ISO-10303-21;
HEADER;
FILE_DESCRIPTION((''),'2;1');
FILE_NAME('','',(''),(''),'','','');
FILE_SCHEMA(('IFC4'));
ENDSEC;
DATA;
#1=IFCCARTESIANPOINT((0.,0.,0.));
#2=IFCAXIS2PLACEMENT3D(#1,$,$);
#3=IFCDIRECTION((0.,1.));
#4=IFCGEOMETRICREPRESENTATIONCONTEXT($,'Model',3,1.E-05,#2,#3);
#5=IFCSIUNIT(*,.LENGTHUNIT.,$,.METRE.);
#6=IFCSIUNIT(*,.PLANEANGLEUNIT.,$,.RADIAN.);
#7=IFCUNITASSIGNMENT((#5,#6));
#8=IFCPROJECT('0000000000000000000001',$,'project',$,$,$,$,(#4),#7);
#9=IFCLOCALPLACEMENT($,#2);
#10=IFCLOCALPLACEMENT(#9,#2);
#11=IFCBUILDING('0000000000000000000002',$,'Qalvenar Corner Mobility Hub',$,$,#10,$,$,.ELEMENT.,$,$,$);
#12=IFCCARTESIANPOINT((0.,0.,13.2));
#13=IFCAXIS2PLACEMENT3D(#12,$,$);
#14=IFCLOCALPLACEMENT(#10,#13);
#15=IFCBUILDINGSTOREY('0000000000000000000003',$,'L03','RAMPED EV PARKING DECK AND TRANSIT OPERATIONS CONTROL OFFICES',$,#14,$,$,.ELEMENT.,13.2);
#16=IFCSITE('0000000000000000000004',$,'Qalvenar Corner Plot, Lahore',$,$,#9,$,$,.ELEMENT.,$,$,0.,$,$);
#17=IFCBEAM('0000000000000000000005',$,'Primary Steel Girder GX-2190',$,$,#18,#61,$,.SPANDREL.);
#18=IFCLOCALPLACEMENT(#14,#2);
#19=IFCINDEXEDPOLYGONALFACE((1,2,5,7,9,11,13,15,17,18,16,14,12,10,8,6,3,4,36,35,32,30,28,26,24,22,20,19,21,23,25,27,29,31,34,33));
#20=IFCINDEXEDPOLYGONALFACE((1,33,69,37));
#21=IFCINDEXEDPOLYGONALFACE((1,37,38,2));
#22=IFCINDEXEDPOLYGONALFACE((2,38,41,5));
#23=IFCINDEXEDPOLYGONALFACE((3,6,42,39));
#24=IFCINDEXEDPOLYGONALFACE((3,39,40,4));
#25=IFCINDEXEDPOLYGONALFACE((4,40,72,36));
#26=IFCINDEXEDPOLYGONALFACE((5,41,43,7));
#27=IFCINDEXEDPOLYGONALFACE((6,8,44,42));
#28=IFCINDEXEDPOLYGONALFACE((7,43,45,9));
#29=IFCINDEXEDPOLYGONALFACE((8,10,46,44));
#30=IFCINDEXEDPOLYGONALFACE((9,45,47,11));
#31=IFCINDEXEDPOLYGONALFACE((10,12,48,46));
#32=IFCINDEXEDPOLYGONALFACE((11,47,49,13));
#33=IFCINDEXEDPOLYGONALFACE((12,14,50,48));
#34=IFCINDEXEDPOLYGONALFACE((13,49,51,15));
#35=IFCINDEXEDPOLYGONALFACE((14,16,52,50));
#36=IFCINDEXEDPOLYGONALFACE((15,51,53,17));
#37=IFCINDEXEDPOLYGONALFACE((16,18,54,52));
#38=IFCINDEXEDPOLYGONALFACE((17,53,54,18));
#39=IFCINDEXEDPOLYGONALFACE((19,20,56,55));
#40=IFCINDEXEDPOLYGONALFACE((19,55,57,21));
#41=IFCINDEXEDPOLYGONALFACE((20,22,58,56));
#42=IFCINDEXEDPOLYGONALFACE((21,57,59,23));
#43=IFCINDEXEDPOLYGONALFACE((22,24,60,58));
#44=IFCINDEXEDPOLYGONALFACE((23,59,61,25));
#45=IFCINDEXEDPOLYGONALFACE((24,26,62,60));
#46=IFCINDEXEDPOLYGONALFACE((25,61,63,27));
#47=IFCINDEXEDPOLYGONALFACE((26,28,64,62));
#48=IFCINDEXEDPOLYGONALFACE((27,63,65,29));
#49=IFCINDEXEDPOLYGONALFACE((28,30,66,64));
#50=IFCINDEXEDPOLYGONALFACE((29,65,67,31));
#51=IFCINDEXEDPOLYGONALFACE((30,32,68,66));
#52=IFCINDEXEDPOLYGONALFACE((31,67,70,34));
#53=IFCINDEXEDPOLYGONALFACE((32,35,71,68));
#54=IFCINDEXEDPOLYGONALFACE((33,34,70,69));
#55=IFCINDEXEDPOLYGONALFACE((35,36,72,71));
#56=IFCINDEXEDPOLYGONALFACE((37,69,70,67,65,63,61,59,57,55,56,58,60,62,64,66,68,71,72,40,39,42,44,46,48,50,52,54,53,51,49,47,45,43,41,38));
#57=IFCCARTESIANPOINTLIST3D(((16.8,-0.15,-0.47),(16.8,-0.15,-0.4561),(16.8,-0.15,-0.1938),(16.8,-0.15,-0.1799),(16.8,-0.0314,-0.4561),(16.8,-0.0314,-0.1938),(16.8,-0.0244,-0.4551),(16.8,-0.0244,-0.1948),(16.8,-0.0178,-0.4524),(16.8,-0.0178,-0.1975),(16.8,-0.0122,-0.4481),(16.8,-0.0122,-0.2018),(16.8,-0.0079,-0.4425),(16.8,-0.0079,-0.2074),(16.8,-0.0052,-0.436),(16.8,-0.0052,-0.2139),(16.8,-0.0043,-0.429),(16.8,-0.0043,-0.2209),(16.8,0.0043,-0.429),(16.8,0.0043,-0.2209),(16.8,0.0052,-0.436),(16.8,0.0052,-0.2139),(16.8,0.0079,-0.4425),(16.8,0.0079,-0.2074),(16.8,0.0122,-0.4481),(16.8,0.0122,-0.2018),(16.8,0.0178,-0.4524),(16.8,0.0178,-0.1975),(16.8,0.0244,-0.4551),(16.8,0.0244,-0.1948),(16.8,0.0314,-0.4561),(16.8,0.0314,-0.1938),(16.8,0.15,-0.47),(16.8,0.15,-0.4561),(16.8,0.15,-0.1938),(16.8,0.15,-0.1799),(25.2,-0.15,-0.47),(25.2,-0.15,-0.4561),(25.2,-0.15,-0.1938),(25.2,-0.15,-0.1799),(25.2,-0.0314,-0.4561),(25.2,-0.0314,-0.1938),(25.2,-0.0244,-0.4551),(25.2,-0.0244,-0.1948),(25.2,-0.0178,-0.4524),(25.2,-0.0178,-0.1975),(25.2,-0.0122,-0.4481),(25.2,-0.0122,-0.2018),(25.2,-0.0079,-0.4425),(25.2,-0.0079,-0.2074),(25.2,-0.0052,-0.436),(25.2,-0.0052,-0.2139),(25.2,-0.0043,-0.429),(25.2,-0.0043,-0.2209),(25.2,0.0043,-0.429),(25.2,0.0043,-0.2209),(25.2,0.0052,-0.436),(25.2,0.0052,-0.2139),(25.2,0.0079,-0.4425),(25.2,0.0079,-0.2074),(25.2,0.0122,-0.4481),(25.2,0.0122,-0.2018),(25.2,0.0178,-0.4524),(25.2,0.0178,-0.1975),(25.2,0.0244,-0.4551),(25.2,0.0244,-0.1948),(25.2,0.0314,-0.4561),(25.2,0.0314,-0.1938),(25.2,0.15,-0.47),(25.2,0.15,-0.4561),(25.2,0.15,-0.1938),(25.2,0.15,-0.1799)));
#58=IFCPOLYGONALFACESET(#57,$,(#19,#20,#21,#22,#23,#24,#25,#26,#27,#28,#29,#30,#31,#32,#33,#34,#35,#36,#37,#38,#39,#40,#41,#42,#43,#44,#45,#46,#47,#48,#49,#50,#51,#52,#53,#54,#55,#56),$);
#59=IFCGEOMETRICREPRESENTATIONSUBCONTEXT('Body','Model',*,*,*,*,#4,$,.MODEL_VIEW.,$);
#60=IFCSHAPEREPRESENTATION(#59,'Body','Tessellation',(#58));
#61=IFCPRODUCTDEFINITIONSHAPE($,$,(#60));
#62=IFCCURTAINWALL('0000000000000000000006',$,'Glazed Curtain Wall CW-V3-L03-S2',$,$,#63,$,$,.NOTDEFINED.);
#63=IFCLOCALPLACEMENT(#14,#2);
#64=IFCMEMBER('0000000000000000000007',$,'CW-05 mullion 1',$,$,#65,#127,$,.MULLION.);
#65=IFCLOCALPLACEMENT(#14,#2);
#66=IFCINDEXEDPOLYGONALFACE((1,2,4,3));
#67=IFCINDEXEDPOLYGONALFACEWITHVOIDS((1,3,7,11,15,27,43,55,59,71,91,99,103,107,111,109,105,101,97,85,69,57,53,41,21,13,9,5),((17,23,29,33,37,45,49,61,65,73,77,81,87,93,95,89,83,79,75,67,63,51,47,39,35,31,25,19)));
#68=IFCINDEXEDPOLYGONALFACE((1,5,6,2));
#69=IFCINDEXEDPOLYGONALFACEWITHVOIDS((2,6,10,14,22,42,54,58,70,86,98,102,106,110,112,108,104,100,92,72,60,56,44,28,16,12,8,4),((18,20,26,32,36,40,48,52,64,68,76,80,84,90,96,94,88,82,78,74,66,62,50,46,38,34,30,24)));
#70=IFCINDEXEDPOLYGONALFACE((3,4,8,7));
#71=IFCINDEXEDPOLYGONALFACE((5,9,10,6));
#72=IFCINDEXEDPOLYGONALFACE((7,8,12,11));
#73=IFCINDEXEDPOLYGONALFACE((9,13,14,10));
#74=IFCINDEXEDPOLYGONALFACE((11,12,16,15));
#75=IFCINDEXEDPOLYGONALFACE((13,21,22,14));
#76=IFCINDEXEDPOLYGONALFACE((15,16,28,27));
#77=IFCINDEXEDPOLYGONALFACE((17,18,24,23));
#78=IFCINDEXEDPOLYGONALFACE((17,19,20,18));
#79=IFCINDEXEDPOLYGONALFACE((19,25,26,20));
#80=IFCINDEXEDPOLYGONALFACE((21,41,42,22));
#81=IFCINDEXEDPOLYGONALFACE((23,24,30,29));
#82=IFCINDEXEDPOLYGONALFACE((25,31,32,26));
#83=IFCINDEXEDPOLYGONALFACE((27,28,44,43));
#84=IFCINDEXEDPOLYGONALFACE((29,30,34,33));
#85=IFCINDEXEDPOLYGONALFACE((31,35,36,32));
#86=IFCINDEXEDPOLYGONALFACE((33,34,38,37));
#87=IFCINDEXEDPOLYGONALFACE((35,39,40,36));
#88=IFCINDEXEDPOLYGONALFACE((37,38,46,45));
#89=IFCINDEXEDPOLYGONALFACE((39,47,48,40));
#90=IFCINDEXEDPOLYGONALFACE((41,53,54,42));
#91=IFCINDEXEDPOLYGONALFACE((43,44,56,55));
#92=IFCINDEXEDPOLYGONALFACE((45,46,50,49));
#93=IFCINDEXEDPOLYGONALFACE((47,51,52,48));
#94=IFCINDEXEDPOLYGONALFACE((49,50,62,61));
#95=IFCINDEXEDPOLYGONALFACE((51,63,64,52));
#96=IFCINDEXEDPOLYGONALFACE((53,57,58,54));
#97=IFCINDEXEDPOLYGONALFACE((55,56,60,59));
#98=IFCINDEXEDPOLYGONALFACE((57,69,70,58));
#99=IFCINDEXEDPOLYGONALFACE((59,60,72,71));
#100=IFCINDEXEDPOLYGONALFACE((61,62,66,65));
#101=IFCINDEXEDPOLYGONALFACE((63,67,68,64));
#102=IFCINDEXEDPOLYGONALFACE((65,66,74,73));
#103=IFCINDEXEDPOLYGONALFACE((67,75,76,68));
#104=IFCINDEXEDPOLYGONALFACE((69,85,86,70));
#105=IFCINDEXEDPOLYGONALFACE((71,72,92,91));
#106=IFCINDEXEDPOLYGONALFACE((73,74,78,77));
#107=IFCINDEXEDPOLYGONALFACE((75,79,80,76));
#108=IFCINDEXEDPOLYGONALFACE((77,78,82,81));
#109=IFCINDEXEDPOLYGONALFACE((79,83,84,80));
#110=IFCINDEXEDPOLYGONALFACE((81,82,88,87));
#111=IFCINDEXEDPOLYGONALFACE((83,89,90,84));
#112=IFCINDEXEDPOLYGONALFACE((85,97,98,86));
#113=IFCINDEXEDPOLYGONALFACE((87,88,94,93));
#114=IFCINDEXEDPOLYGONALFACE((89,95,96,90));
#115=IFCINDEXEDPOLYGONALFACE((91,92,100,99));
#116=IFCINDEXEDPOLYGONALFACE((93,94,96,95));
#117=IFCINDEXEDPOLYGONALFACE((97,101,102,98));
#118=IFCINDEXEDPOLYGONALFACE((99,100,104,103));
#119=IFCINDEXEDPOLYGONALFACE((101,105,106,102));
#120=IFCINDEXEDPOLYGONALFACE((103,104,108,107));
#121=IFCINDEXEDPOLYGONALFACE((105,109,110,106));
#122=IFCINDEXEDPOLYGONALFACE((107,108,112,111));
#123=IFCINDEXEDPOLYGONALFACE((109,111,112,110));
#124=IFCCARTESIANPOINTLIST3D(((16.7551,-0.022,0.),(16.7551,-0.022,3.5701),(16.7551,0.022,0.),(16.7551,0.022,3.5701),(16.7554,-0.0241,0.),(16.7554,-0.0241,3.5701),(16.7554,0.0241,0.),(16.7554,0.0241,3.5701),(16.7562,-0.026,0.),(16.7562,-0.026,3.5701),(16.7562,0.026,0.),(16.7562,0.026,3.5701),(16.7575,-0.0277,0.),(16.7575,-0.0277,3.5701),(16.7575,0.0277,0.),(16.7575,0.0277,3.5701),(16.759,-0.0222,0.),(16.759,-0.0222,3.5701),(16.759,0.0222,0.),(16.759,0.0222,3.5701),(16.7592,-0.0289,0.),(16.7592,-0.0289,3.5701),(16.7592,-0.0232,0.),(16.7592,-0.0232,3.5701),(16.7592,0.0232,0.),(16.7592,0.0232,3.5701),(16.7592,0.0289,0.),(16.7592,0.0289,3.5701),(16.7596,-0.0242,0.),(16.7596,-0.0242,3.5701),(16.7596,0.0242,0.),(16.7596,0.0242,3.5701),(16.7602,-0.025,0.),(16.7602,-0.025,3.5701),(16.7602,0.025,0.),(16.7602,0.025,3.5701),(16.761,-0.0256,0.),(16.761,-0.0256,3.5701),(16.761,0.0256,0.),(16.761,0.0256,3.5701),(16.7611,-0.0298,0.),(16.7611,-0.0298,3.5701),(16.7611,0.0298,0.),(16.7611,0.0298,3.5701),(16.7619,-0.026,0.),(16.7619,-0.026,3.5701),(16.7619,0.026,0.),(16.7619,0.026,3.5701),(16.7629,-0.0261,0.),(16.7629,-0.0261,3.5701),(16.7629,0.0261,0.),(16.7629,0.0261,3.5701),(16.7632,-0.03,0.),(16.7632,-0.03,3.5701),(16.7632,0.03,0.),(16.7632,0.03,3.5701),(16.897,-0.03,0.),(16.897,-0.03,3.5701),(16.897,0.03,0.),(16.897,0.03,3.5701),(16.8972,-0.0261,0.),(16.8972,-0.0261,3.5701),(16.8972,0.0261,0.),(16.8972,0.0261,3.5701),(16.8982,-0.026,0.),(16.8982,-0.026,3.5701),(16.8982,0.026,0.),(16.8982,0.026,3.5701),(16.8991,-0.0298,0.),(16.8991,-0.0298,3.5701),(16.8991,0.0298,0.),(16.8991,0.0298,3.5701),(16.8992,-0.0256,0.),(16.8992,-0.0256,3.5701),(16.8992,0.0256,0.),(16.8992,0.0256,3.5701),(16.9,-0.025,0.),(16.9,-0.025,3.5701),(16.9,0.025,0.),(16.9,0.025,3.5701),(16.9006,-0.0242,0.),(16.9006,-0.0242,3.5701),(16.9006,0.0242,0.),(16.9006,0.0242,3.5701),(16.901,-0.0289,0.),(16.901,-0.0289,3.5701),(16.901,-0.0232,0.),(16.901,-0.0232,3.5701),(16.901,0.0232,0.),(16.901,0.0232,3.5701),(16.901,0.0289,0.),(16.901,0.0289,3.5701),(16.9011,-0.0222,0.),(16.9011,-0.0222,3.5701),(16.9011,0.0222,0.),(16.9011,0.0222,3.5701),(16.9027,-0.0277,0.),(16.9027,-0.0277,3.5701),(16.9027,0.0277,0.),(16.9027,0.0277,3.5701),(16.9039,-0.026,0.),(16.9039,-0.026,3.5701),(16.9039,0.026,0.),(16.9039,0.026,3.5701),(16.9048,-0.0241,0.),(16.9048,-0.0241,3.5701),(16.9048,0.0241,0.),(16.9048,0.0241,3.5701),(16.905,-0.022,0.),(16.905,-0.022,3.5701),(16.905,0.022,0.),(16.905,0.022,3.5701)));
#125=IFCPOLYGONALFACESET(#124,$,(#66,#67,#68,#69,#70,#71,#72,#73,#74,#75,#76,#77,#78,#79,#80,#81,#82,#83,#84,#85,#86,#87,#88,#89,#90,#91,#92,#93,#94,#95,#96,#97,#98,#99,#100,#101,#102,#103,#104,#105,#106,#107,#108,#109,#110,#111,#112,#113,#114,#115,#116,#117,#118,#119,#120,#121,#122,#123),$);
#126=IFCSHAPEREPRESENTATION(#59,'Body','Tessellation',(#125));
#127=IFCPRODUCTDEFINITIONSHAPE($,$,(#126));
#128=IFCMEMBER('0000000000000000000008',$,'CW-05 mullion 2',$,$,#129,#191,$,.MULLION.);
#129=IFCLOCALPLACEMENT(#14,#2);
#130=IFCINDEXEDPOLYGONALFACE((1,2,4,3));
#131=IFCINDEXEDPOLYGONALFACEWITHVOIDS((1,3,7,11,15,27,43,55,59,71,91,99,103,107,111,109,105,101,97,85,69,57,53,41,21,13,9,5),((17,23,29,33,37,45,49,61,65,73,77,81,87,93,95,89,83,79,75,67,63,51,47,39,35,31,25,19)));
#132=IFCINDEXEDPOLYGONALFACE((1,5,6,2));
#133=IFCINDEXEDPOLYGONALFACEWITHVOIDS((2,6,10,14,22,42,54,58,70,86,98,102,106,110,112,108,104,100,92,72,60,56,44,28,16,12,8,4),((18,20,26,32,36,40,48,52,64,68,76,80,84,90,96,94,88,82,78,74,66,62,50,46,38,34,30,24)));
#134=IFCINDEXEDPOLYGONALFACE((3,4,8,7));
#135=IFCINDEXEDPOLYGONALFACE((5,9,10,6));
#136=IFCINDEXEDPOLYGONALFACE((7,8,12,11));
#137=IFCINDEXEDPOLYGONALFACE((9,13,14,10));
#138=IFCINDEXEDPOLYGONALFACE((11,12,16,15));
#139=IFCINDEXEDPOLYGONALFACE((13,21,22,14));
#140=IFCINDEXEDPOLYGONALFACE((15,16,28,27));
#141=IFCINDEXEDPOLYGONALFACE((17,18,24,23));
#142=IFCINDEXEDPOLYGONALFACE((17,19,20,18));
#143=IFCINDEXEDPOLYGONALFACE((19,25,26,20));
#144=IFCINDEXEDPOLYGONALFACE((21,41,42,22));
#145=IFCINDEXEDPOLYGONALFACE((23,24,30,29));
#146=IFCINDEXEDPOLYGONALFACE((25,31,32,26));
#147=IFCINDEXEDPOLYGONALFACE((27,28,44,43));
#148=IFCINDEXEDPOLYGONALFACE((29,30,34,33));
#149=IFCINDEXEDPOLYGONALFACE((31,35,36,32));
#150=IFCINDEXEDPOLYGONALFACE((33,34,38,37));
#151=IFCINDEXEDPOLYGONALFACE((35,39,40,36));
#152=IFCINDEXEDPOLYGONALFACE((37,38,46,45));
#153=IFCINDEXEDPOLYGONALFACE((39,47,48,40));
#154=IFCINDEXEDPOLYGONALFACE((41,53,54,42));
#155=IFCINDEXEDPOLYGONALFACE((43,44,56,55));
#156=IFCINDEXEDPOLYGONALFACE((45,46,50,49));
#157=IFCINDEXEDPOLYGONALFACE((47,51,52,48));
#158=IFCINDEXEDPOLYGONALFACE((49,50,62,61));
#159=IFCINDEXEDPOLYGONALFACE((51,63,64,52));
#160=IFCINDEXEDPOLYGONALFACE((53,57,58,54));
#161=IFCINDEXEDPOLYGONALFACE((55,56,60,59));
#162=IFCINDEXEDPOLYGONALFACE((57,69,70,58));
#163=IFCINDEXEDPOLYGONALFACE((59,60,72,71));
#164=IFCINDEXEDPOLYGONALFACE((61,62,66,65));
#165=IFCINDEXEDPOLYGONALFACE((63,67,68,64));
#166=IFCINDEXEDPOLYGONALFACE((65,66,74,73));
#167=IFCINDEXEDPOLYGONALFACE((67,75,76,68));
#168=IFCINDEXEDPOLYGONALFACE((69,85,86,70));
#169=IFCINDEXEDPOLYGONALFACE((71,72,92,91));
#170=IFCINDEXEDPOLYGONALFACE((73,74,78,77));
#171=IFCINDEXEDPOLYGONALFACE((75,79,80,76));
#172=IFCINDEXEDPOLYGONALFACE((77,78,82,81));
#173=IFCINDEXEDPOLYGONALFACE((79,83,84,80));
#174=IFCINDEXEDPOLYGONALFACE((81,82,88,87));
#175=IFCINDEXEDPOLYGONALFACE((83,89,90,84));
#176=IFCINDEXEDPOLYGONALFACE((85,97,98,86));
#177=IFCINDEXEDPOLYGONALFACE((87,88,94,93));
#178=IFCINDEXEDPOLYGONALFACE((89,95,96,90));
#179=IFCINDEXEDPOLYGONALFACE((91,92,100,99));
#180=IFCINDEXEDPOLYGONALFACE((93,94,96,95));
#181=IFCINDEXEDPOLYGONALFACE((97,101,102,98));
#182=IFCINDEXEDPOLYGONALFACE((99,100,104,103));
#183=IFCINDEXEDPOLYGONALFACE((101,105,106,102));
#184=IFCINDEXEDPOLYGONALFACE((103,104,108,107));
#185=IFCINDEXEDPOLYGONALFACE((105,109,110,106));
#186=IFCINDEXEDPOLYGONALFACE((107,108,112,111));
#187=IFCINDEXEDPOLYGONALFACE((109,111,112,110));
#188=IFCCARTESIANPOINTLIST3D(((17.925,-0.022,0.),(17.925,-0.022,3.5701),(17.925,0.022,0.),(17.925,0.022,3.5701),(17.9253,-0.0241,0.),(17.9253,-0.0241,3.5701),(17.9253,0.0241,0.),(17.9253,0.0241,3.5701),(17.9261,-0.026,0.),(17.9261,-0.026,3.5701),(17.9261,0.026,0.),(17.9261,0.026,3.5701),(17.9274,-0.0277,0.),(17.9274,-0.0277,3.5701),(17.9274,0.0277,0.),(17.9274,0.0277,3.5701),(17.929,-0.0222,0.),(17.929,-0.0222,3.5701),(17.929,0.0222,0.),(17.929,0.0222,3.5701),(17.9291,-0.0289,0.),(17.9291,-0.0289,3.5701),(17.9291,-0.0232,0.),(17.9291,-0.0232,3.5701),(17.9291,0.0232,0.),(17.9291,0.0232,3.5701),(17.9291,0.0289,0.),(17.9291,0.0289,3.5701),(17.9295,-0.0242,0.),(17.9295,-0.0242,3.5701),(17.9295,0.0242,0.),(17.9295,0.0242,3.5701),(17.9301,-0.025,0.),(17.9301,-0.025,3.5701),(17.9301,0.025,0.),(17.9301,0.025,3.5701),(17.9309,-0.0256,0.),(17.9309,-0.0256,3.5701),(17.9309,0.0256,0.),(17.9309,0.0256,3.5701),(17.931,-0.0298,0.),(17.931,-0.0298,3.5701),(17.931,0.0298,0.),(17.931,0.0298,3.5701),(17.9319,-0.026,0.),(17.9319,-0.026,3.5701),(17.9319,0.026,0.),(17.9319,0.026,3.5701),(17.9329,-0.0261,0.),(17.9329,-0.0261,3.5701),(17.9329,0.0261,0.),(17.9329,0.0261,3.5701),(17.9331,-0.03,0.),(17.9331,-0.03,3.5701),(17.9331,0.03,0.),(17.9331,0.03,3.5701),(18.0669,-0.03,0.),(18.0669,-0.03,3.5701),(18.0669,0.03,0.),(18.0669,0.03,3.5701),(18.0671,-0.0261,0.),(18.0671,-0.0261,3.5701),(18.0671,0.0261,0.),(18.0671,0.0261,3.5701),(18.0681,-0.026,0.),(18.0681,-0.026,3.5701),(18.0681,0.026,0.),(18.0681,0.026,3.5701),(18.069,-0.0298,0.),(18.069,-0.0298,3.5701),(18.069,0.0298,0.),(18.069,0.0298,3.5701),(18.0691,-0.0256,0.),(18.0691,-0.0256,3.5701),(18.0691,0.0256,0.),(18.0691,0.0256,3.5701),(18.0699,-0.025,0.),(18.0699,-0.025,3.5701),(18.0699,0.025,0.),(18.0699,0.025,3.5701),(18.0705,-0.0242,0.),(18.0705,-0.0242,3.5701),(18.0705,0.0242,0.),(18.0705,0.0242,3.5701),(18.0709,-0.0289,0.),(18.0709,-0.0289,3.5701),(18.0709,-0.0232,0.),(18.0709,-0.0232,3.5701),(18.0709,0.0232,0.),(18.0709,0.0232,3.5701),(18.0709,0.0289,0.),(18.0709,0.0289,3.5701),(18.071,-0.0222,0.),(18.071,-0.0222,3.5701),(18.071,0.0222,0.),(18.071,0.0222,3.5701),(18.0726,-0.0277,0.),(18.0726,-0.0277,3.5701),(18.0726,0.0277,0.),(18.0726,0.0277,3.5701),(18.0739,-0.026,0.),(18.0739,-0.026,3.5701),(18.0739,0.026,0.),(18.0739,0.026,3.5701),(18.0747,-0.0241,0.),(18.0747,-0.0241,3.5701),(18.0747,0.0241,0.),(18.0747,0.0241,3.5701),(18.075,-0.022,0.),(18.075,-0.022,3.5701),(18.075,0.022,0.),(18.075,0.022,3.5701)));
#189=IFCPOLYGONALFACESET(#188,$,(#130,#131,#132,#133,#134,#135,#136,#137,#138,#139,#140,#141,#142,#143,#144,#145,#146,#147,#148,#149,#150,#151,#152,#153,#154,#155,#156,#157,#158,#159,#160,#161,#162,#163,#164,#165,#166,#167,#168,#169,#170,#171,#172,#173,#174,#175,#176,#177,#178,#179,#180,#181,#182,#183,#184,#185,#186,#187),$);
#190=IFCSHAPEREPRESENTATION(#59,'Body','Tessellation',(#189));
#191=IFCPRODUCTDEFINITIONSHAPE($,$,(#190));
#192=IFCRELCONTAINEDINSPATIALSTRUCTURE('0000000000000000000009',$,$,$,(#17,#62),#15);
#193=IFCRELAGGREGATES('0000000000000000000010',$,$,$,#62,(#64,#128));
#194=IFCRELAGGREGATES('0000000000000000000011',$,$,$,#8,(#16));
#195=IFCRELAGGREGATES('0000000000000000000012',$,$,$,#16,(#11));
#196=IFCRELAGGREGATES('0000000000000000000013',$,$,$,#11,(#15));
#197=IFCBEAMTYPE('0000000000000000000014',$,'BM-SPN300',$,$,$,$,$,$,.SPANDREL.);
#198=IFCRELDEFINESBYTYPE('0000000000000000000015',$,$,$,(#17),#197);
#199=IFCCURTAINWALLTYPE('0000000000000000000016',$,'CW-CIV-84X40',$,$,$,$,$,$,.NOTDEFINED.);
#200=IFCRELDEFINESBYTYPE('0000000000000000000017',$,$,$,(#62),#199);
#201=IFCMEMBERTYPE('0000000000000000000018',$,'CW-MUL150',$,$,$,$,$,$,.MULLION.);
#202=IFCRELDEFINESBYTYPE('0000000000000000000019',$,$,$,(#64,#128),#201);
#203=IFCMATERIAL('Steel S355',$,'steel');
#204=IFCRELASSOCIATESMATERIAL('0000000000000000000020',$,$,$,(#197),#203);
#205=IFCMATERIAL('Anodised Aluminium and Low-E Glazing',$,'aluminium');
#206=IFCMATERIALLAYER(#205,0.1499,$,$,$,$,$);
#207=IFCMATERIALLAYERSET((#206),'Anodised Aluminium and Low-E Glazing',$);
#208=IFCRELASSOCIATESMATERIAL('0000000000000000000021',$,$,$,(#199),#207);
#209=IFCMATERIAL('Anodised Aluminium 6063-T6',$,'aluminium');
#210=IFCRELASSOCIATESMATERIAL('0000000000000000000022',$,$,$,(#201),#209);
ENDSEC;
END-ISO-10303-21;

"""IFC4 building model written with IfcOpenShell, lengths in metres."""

from ifc_helpers import new_model, si_unit, direction, frame, origin, origin_2d, place, context, subcontext, project, spatial, hollow_rectangle, i_section, extrude, material, layer, layer_set, material_profile, profile_set, type_object, element, aggregate, save


model = new_model("IFC4")

# Units and contexts
model_context = context("Model", 3, precision=1e-05, world=origin(), true_north=direction((0.0, 1.0)))
body_context = subcontext(model_context, "Body", "Model", "MODEL_VIEW")
ifc_project = project(units=[si_unit("LENGTHUNIT", "METRE"), si_unit("PLANEANGLEUNIT", "RADIAN")], contexts=[model_context])

# Site, building, storey
site_placement = place(None, origin())
site = spatial("IfcSite", under=ifc_project, at=site_placement, Name="Qalvenar Corner Plot, Lahore", CompositionType="ELEMENT", RefElevation=0.0)
building_placement = place(site_placement, origin())
building = spatial("IfcBuilding", under=site, at=building_placement, Name="Qalvenar Corner Mobility Hub", CompositionType="ELEMENT")
storey_placement = place(building_placement, frame((0.0, 0.0, 13.2)))
storey = spatial("IfcBuildingStorey", under=building, at=storey_placement, Name="L03", Description="RAMPED EV PARKING DECK AND TRANSIT OPERATIONS CONTROL OFFICES", CompositionType="ELEMENT", Elevation=13.2)

# Shared definitions
ifc_material_1 = material(Name="Steel S355", Category="steel")

# Beam
ifc_material_profile_1 = material_profile(ifc_material_1, i_section(OverallWidth=0.3, OverallDepth=0.29, WebThickness=0.0085, FlangeThickness=0.0139, FilletRadius=0.0271, at=origin_2d()), Name="HEA300")
ifc_profile_set_1 = profile_set([ifc_material_profile_1], Name="Steel S355")
beam_type_1 = type_object("IfcBeamType", Name="BM-SPN300", PredefinedType="SPANDREL", material=ifc_profile_set_1)
beam_1_placement = place(storey_placement, frame((16.8, 0.0, -0.325), z_axis=(1.0, 0.0, 0.0), x_axis=(0.0, 1.0, 0.0)))
element("IfcBeam", 1, at=beam_1_placement, inside=storey, type_object=beam_type_1, Name="Primary Steel Girder GX-2190", PredefinedType="SPANDREL", context=body_context, shape_type="SweptSolid", body=[
    extrude(i_section(OverallWidth=0.3, OverallDepth=0.29, WebThickness=0.0085, FlangeThickness=0.0139, FilletRadius=0.0271, at=origin_2d()), origin(), (0.0, 0.0, 1.0), 8.3999),
])

# Curtain wall, members
ifc_material_2 = material(Name="Anodised Aluminium and Low-E Glazing", Category="aluminium")
ifc_layer_1 = layer(ifc_material_2, 0.1499)
ifc_layer_set_1 = layer_set([ifc_layer_1], Name="Anodised Aluminium and Low-E Glazing")
curtain_wall_type = type_object("IfcCurtainWallType", Name="CW-CIV-84X40", PredefinedType="NOTDEFINED", material=ifc_layer_set_1)
curtain_wall_placement = place(storey_placement, origin())
curtain_wall = element("IfcCurtainWall", 2, at=curtain_wall_placement, inside=storey, type_object=curtain_wall_type, Name="Glazed Curtain Wall CW-V3-L03-S2", PredefinedType="NOTDEFINED")
ifc_material_3 = material(Name="Anodised Aluminium 6063-T6", Category="aluminium")
ifc_material_profile_2 = material_profile(ifc_material_3, hollow_rectangle(XDim=0.0601, YDim=0.1499, WallThickness=0.0039, InnerFilletRadius=0.0039, OuterFilletRadius=0.0081, at=origin_2d()), Name="RHS150x60x4")
ifc_profile_set_2 = profile_set([ifc_material_profile_2], Name="Anodised Aluminium 6063-T6")
member_type_1 = type_object("IfcMemberType", Name="CW-MUL150", PredefinedType="MULLION", material=ifc_profile_set_2)
member_1_placement = place(storey_placement, frame((16.8301, 0.0, 0.0), z_axis=(0.0, 0.0, 1.0), x_axis=(0.0, 1.0, 0.0)))
member_1 = element("IfcMember", 3, at=member_1_placement, type_object=member_type_1, Name="CW-05 mullion 1", PredefinedType="MULLION", context=body_context, shape_type="SweptSolid", body=[
    extrude(hollow_rectangle(XDim=0.0601, YDim=0.1499, WallThickness=0.0039, InnerFilletRadius=0.0039, OuterFilletRadius=0.0081, at=origin_2d()), origin(), (0.0, 0.0, 1.0), 3.5701),
])
member_2_placement = place(storey_placement, frame((18.0, 0.0, 0.0), z_axis=(0.0, 0.0, 1.0), x_axis=(0.0, 1.0, 0.0)))
member_2 = element("IfcMember", 4, at=member_2_placement, type_object=member_type_1, Name="CW-05 mullion 2", PredefinedType="MULLION", context=body_context, shape_type="SweptSolid", body=[
    extrude(hollow_rectangle(XDim=0.0601, YDim=0.1499, WallThickness=0.0039, InnerFilletRadius=0.0039, OuterFilletRadius=0.0081, at=origin_2d()), origin(), (0.0, 0.0, 1.0), 3.5701),
])
aggregate(curtain_wall, [member_1, member_2])

save(model, "model.ifc")
